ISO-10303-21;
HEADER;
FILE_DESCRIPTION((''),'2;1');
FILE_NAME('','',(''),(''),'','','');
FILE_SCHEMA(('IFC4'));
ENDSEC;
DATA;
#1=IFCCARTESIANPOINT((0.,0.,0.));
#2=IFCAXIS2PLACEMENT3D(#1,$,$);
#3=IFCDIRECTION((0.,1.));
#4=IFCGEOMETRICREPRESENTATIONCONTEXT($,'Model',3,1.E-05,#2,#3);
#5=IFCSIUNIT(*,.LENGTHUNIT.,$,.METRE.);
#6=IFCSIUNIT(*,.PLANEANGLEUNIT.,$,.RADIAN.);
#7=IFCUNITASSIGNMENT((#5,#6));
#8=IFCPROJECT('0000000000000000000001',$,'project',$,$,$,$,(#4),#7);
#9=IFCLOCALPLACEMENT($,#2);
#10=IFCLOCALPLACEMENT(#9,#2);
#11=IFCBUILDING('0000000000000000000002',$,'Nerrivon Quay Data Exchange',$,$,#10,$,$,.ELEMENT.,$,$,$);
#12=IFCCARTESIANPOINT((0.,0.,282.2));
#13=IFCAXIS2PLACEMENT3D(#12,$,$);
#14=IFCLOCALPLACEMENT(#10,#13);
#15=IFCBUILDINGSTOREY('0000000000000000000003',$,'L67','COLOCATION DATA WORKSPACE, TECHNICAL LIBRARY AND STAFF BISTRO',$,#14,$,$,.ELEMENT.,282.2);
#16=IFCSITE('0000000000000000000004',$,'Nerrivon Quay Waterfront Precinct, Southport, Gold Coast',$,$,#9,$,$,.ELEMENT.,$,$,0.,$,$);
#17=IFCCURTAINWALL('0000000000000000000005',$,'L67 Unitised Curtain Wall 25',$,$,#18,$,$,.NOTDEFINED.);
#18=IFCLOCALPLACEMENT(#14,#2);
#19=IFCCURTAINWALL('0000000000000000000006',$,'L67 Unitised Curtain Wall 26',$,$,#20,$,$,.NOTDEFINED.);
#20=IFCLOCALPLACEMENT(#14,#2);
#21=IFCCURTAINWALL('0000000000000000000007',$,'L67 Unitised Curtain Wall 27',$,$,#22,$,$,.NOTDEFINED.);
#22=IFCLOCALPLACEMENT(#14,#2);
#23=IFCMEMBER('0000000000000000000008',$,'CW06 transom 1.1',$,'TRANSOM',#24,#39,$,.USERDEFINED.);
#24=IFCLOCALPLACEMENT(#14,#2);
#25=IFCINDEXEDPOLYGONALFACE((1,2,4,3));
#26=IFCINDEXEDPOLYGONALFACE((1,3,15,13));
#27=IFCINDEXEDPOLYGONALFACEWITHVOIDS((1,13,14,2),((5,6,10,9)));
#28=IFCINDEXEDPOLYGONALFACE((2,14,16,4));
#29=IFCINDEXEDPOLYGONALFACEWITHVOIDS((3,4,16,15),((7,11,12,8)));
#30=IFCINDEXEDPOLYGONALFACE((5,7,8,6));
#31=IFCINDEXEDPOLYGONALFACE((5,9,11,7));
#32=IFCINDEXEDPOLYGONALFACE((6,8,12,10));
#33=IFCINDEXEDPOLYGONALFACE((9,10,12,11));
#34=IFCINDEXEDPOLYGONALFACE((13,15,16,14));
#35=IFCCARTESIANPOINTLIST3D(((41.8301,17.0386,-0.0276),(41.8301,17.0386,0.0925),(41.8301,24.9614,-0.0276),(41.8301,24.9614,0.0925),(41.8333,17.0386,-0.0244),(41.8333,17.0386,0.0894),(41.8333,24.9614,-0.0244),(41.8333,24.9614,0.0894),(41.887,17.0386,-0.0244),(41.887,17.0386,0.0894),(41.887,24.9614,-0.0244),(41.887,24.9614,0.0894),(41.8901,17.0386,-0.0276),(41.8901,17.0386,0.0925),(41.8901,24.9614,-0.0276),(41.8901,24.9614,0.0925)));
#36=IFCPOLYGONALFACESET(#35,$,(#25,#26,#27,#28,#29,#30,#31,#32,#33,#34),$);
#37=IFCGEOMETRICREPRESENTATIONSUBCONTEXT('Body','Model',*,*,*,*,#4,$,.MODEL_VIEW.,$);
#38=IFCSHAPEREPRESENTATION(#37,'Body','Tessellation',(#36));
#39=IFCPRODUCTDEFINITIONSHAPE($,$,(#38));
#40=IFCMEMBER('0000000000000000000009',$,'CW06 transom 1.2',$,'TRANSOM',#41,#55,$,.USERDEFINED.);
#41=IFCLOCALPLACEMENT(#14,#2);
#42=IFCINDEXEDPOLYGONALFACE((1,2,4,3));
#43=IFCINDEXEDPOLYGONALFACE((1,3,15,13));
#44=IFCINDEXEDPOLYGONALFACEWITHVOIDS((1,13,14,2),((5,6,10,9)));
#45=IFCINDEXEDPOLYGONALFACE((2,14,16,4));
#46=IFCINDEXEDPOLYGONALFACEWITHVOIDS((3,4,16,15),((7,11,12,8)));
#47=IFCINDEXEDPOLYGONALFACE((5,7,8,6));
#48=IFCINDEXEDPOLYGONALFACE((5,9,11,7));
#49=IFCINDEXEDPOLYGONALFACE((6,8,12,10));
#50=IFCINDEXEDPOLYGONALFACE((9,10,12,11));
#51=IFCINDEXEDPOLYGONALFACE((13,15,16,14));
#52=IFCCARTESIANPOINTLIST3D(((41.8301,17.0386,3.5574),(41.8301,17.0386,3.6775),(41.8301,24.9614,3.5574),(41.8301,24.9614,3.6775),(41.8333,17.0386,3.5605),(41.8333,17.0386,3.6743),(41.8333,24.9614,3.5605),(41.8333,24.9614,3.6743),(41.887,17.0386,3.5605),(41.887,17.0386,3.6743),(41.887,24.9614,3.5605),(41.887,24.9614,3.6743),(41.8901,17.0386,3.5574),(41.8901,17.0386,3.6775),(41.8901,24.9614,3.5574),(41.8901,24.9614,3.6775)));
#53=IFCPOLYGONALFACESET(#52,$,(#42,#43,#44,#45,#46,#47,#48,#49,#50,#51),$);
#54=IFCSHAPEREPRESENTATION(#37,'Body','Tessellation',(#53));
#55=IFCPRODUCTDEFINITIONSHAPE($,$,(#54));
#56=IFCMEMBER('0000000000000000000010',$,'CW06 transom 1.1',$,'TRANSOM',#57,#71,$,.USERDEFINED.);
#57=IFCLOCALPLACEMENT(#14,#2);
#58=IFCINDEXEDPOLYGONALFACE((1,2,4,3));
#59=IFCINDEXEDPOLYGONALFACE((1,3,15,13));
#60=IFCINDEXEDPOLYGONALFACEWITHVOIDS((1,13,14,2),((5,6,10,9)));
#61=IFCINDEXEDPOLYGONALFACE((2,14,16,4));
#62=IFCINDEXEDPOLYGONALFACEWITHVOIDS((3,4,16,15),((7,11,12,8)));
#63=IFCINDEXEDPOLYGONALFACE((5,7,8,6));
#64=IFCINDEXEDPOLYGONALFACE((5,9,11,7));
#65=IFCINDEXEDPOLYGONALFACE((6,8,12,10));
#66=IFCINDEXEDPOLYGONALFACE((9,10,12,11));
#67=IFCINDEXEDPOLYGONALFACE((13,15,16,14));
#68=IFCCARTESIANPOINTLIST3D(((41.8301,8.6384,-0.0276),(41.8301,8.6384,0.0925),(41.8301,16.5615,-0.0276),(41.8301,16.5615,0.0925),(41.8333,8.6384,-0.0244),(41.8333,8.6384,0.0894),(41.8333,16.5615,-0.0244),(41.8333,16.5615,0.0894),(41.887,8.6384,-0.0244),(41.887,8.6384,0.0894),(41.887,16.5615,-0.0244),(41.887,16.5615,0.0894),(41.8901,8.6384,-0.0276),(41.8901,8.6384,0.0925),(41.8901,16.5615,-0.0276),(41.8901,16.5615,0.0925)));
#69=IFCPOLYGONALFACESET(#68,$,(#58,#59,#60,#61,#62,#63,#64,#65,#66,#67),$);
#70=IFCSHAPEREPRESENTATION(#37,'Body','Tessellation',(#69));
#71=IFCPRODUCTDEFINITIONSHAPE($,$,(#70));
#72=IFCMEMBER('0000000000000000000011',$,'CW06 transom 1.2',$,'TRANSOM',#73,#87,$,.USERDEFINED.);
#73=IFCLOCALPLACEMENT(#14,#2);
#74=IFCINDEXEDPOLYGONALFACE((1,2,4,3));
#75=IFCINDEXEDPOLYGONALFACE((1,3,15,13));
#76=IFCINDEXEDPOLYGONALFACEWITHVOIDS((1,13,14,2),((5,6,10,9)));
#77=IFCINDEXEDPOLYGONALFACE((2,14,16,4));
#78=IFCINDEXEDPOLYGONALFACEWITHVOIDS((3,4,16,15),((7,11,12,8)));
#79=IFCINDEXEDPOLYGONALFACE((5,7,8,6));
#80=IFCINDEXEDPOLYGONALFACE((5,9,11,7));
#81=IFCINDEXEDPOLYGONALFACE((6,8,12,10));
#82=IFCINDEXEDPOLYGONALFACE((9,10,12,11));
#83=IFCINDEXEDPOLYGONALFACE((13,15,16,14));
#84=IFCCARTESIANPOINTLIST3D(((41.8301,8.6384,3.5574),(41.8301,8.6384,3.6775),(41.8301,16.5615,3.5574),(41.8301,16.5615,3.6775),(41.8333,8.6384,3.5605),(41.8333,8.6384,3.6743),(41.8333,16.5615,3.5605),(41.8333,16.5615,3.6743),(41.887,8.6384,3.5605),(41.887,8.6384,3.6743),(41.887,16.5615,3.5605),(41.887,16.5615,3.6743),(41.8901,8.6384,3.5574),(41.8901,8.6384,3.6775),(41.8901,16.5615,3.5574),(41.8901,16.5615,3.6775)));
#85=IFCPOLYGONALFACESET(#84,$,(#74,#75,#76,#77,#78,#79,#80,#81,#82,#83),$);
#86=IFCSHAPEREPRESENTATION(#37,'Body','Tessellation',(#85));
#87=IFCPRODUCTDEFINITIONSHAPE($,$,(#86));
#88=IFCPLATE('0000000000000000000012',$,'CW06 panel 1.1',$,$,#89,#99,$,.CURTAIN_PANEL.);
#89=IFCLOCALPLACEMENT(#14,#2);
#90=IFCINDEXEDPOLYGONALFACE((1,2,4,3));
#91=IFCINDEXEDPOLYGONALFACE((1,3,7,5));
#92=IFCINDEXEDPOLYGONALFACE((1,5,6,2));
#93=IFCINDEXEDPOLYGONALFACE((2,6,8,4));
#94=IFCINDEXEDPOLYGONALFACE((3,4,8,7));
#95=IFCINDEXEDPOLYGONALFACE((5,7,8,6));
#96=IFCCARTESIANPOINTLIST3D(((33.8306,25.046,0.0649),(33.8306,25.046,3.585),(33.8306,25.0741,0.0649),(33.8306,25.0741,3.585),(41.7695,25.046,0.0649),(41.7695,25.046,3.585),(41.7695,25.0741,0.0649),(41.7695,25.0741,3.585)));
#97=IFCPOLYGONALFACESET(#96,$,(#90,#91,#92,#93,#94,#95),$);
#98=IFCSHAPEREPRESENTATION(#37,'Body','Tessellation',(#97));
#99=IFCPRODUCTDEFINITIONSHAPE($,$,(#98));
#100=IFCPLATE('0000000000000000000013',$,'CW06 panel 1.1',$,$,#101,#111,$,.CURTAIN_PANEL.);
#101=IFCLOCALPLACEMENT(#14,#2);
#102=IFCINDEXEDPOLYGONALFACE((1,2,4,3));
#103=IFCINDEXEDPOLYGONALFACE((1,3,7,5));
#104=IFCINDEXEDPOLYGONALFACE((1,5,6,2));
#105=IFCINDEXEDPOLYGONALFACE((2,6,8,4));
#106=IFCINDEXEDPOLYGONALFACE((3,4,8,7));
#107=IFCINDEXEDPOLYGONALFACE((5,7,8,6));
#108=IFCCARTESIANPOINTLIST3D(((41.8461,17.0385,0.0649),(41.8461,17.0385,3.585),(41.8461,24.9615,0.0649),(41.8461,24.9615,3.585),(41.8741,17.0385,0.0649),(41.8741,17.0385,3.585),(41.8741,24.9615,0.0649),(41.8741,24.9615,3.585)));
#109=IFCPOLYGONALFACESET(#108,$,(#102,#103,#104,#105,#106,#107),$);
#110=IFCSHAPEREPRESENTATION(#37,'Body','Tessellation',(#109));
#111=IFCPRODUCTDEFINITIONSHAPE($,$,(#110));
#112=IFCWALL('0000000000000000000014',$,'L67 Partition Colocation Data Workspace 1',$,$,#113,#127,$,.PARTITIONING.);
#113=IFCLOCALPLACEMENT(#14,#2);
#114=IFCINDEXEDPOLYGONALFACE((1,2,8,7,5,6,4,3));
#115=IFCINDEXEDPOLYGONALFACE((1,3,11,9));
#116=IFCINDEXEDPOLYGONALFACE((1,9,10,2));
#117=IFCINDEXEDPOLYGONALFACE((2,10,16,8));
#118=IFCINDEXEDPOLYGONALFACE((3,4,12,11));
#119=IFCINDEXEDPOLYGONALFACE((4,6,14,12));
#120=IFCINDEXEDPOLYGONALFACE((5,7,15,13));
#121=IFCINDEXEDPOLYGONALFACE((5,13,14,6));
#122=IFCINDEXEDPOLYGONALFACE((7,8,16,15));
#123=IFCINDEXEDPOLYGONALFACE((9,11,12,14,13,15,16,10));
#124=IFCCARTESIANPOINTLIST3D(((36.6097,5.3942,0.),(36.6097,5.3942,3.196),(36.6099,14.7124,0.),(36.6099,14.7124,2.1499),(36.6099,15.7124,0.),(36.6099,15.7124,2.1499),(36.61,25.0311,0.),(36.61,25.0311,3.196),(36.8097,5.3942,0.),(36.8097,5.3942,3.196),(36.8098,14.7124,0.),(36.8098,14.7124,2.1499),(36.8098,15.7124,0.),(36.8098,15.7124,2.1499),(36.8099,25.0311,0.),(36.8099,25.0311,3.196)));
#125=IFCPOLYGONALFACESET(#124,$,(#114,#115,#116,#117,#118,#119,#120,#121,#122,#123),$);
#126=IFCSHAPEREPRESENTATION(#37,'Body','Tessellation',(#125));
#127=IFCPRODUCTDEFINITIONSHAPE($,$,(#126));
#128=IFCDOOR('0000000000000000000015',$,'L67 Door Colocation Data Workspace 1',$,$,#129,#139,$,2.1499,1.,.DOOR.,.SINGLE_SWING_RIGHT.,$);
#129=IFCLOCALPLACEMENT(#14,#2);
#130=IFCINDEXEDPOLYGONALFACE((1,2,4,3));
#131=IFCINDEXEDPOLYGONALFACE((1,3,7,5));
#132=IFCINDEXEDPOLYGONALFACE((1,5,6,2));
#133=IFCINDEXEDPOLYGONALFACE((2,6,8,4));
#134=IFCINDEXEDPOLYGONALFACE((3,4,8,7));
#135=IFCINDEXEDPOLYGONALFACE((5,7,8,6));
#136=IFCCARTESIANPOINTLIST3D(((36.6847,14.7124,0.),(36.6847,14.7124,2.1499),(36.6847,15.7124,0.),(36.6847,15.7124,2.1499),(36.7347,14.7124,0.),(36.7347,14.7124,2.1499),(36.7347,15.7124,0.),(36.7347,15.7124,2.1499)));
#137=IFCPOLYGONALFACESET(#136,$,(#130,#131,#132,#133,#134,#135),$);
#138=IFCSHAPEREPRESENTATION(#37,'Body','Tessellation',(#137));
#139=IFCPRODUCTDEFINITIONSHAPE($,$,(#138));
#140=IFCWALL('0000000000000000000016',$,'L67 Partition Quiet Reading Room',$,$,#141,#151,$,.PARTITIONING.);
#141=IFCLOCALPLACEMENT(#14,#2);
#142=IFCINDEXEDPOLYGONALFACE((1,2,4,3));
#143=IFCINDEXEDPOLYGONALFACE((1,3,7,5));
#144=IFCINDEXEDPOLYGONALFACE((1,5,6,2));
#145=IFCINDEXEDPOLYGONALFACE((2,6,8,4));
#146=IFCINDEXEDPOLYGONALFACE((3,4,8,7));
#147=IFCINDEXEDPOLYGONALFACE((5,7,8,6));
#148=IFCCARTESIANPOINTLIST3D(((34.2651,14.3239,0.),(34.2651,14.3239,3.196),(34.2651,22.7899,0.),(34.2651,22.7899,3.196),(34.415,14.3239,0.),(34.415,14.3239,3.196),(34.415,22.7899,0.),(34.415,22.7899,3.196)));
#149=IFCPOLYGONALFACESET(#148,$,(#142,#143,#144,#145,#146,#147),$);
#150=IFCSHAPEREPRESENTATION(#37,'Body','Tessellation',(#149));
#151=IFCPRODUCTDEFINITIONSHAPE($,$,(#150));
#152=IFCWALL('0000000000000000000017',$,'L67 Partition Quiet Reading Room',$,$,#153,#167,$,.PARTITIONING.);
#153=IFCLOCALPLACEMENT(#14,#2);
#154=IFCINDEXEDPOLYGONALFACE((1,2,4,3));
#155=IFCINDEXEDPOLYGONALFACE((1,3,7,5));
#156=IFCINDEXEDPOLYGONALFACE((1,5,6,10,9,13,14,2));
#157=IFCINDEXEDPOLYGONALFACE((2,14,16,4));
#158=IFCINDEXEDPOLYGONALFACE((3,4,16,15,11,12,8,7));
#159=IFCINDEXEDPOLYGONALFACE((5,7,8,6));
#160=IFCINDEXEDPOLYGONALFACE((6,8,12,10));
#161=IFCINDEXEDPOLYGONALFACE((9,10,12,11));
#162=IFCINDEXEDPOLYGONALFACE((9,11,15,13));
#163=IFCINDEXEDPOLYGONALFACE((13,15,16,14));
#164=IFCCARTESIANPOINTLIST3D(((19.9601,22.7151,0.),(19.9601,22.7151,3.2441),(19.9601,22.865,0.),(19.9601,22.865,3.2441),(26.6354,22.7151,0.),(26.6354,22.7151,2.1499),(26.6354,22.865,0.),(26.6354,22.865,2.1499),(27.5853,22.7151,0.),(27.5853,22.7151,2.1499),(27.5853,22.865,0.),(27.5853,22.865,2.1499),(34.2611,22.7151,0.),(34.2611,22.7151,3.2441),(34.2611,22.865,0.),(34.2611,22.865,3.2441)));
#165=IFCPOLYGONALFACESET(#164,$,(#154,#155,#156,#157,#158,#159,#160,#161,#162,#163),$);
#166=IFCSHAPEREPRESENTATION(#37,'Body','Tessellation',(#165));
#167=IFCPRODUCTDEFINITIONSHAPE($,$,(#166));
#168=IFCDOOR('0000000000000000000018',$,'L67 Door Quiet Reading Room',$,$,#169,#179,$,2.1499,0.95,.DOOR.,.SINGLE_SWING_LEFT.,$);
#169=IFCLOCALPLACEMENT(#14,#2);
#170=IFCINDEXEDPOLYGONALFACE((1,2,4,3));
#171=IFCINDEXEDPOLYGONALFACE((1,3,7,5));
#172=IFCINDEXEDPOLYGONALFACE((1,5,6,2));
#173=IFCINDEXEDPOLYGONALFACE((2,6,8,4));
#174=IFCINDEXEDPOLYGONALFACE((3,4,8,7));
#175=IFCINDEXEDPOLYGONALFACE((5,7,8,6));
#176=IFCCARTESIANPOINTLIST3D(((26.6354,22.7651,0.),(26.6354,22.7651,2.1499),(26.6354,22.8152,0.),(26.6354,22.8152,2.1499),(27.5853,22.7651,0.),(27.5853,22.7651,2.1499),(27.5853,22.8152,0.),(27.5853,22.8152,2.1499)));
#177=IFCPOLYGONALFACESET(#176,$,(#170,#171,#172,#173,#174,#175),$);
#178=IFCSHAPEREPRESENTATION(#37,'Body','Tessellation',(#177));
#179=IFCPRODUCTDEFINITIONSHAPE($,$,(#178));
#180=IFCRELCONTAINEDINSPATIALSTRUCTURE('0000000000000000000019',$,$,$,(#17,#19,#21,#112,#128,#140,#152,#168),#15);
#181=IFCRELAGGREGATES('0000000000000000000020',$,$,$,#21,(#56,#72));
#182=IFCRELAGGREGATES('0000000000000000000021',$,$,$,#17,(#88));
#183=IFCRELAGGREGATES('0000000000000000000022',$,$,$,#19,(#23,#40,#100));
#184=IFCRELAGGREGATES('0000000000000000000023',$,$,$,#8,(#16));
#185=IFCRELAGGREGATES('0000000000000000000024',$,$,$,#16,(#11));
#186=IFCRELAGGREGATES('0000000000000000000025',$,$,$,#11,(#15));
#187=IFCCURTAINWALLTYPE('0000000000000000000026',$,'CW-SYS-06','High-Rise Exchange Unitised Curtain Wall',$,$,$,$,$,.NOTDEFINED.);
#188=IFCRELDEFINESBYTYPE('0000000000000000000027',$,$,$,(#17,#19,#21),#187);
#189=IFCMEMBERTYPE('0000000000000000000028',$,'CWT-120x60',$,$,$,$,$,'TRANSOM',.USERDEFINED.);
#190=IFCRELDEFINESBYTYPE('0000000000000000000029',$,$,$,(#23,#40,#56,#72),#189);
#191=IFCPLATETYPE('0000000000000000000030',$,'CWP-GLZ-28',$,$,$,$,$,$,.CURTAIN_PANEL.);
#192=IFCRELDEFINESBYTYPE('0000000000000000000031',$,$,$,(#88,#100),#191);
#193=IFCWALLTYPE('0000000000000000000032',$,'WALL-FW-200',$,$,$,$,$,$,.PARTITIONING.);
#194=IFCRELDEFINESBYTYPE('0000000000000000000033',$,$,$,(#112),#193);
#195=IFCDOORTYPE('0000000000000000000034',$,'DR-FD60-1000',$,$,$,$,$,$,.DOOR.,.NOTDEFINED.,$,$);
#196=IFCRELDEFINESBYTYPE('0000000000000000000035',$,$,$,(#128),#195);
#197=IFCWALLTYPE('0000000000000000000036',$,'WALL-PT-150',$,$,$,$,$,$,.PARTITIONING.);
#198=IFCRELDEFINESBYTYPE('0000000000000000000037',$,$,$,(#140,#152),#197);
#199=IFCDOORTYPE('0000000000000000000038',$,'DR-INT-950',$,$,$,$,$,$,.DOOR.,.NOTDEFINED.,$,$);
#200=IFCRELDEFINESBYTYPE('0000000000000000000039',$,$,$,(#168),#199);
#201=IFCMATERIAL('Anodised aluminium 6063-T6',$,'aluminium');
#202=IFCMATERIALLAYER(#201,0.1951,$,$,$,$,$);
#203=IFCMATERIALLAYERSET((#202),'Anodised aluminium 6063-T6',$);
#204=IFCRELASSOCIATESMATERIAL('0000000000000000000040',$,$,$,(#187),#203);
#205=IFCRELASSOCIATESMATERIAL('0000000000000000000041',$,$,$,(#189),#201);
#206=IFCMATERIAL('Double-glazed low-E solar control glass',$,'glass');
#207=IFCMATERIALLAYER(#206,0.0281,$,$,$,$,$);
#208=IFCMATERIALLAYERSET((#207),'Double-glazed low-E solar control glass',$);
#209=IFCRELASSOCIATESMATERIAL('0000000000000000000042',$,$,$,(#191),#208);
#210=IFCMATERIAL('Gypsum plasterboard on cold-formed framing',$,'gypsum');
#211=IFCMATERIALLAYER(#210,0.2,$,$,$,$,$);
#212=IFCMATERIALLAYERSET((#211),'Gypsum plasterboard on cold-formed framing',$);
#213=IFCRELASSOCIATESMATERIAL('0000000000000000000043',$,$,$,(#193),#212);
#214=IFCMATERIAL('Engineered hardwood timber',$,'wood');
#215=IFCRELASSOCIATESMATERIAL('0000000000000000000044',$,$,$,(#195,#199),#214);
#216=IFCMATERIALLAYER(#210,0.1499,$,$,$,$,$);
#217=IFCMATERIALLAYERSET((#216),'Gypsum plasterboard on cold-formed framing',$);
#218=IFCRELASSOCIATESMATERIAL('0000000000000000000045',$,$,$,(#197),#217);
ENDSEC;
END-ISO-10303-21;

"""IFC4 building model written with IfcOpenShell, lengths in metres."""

from ifc_helpers import new_model, si_unit, direction, frame, frame_2d, origin, origin_2d, place, context, subcontext, project, spatial, rectangle, hollow_rectangle, extrude, material, layer, layer_set, material_profile, profile_set, type_object, element, fill, aggregate, save


model = new_model("IFC4")

# Units and contexts
model_context = context("Model", 3, precision=1e-05, world=origin(), true_north=direction((0.0, 1.0)))
body_context = subcontext(model_context, "Body", "Model", "MODEL_VIEW")
ifc_project = project(units=[si_unit("LENGTHUNIT", "METRE"), si_unit("PLANEANGLEUNIT", "RADIAN")], contexts=[model_context])

# Site, building, storey
site_placement = place(None, origin())
site = spatial("IfcSite", under=ifc_project, at=site_placement, Name="Nerrivon Quay Waterfront Precinct, Southport, Gold Coast", CompositionType="ELEMENT", RefElevation=0.0)
building_placement = place(site_placement, origin())
building = spatial("IfcBuilding", under=site, at=building_placement, Name="Nerrivon Quay Data Exchange", CompositionType="ELEMENT")
storey_placement = place(building_placement, frame((0.0, 0.0, 282.2)))
storey = spatial("IfcBuildingStorey", under=building, at=storey_placement, Name="L67", Description="COLOCATION DATA WORKSPACE, TECHNICAL LIBRARY AND STAFF BISTRO", CompositionType="ELEMENT", Elevation=282.2)

# Curtain walls
ifc_material_1 = material(Name="Anodised aluminium 6063-T6", Category="aluminium")
ifc_layer_1 = layer(ifc_material_1, 0.1951)
ifc_layer_set_1 = layer_set([ifc_layer_1], Name="Anodised aluminium 6063-T6")
curtain_wall_type = type_object("IfcCurtainWallType", Name="CW-SYS-06", Description="High-Rise Exchange Unitised Curtain Wall", PredefinedType="NOTDEFINED", material=ifc_layer_set_1)
curtain_wall_1_placement = place(storey_placement, origin())
curtain_wall_1 = element("IfcCurtainWall", 1, at=curtain_wall_1_placement, inside=storey, type_object=curtain_wall_type, Name="L67 Unitised Curtain Wall 25", PredefinedType="NOTDEFINED")
curtain_wall_2_placement = place(storey_placement, origin())
curtain_wall_2 = element("IfcCurtainWall", 2, at=curtain_wall_2_placement, inside=storey, type_object=curtain_wall_type, Name="L67 Unitised Curtain Wall 26", PredefinedType="NOTDEFINED")

# Curtain wall
curtain_wall_3_placement = place(storey_placement, origin())
curtain_wall_3 = element("IfcCurtainWall", 3, at=curtain_wall_3_placement, inside=storey, type_object=curtain_wall_type, Name="L67 Unitised Curtain Wall 27", PredefinedType="NOTDEFINED")

# Members
ifc_material_profile_1 = material_profile(ifc_material_1, hollow_rectangle(XDim=0.0601, YDim=0.1201, WallThickness=0.0032, at=origin_2d()), Name="ALU-TRAN-120x60")
ifc_profile_set_1 = profile_set([ifc_material_profile_1], Name="Anodised aluminium 6063-T6")
member_type_1 = type_object("IfcMemberType", Name="CWT-120x60", ElementType="TRANSOM", PredefinedType="USERDEFINED", material=ifc_profile_set_1)
member_1_placement = place(storey_placement, frame((41.8601, 24.9614, 0.0325), z_axis=(0.0, -1.0, 0.0), x_axis=(1.0, 0.0, 0.0)))
member_1 = element("IfcMember", 4, at=member_1_placement, type_object=member_type_1, Name="CW06 transom 1.1", ObjectType="TRANSOM", PredefinedType="USERDEFINED", context=body_context, shape_type="SweptSolid", body=[
    extrude(hollow_rectangle(XDim=0.0601, YDim=0.1201, WallThickness=0.0032, at=origin_2d()), origin(), (0.0, 0.0, 1.0), 7.9229),
])
member_2_placement = place(storey_placement, frame((41.8601, 24.9614, 3.6174), z_axis=(0.0, -1.0, 0.0), x_axis=(1.0, 0.0, 0.0)))
member_2 = element("IfcMember", 5, at=member_2_placement, type_object=member_type_1, Name="CW06 transom 1.2", ObjectType="TRANSOM", PredefinedType="USERDEFINED", context=body_context, shape_type="SweptSolid", body=[
    extrude(hollow_rectangle(XDim=0.0601, YDim=0.1201, WallThickness=0.0032, at=origin_2d()), origin(), (0.0, 0.0, 1.0), 7.9229),
])
member_3_placement = place(storey_placement, frame((41.8601, 16.5615, 0.0325), z_axis=(0.0, -1.0, 0.0), x_axis=(1.0, 0.0, 0.0)))
member_3 = element("IfcMember", 6, at=member_3_placement, type_object=member_type_1, Name="CW06 transom 1.1", ObjectType="TRANSOM", PredefinedType="USERDEFINED", context=body_context, shape_type="SweptSolid", body=[
    extrude(hollow_rectangle(XDim=0.0601, YDim=0.1201, WallThickness=0.0032, at=origin_2d()), origin(), (0.0, 0.0, 1.0), 7.9231),
])
member_4_placement = place(storey_placement, frame((41.8601, 16.5615, 3.6174), z_axis=(0.0, -1.0, 0.0), x_axis=(1.0, 0.0, 0.0)))
member_4 = element("IfcMember", 7, at=member_4_placement, type_object=member_type_1, Name="CW06 transom 1.2", ObjectType="TRANSOM", PredefinedType="USERDEFINED", context=body_context, shape_type="SweptSolid", body=[
    extrude(hollow_rectangle(XDim=0.0601, YDim=0.1201, WallThickness=0.0032, at=origin_2d()), origin(), (0.0, 0.0, 1.0), 7.9231),
])
aggregate(curtain_wall_3, [member_3, member_4])

# Plates
ifc_material_2 = material(Name="Double-glazed low-E solar control glass", Category="glass")
ifc_layer_2 = layer(ifc_material_2, 0.0281)
ifc_layer_set_2 = layer_set([ifc_layer_2], Name="Double-glazed low-E solar control glass")
plate_type = type_object("IfcPlateType", Name="CWP-GLZ-28", PredefinedType="CURTAIN_PANEL", material=ifc_layer_set_2)
plate_1_placement = place(storey_placement, frame((37.8, 25.0601, 0.0649), z_axis=(0.0, 0.0, 1.0), x_axis=(1.0, 0.0, 0.0)))
plate_1 = element("IfcPlate", 8, at=plate_1_placement, type_object=plate_type, Name="CW06 panel 1.1", PredefinedType="CURTAIN_PANEL", context=body_context, shape_type="SweptSolid", body=[
    extrude(rectangle(XDim=7.939, YDim=0.0281, at=origin_2d()), origin(), (0.0, 0.0, 1.0), 3.52),
])
aggregate(curtain_wall_1, [plate_1])
plate_2_placement = place(storey_placement, frame((41.8601, 21.0, 0.0649), z_axis=(0.0, 0.0, 1.0), x_axis=(0.0, -1.0, 0.0)))
plate_2 = element("IfcPlate", 9, at=plate_2_placement, type_object=plate_type, Name="CW06 panel 1.1", PredefinedType="CURTAIN_PANEL", context=body_context, shape_type="SweptSolid", body=[
    extrude(rectangle(XDim=7.9231, YDim=0.0281, at=origin_2d()), origin(), (0.0, 0.0, 1.0), 3.52),
])
aggregate(curtain_wall_2, [member_1, member_2, plate_2])

# Wall, opening, door
ifc_material_3 = material(Name="Gypsum plasterboard on cold-formed framing", Category="gypsum")
ifc_layer_3 = layer(ifc_material_3, 0.2)
ifc_layer_set_3 = layer_set([ifc_layer_3], Name="Gypsum plasterboard on cold-formed framing")
wall_type_1 = type_object("IfcWallType", Name="WALL-FW-200", PredefinedType="PARTITIONING", material=ifc_layer_set_3)
wall_1_placement = place(storey_placement, frame((36.71, 25.031, 0.0), z_axis=(0.0, 0.0, 1.0), x_axis=(-0.000012, -1.0, 0.0)))
wall_1 = element("IfcWall", 10, at=wall_1_placement, inside=storey, type_object=wall_type_1, Name="L67 Partition Colocation Data Workspace 1", PredefinedType="PARTITIONING", context=body_context, shape_type="SweptSolid", body=[
    extrude(rectangle(XDim=19.637, YDim=0.2, at=frame_2d((9.8184, 0.0))), origin(), (0.0, 0.0, 1.0), 3.196),
])
opening_1_placement = place(wall_1_placement, frame((9.3186, 0.0, 0.0)))
opening_1 = element("IfcOpeningElement", 11, at=opening_1_placement, cuts=wall_1, PredefinedType="OPENING", context=body_context, shape_type="SweptSolid", body=[
    extrude(rectangle(XDim=1.0, YDim=2.1499, at=frame_2d((0.5, 1.075))), frame((0.0, 0.1099, 0.0), z_axis=(0.0, -1.0, 0.0), x_axis=(1.0, 0.0, 0.0)), (0.0, 0.0, 1.0), 0.22),
])
ifc_material_4 = material(Name="Engineered hardwood timber", Category="wood")
door_type_1 = type_object("IfcDoorType", Name="DR-FD60-1000", OperationType="NOTDEFINED", PredefinedType="DOOR", material=ifc_material_4)
door_1_placement = place(opening_1_placement, origin())
door_1 = element("IfcDoor", 12, at=door_1_placement, inside=storey, type_object=door_type_1, Name="L67 Door Colocation Data Workspace 1", OperationType="SINGLE_SWING_RIGHT", OverallHeight=2.1499, OverallWidth=1.0, PredefinedType="DOOR", context=body_context, shape_type="SweptSolid", body=[
    extrude(rectangle(XDim=1.0, YDim=2.1499, at=frame_2d((0.5, 1.075))), frame((0.0, 0.0249, 0.0), z_axis=(0.0, -1.0, 0.0), x_axis=(1.0, 0.0, 0.0)), (0.0, 0.0, 1.0), 0.05),
])
fill(opening_1, door_1)

# Wall
ifc_layer_4 = layer(ifc_material_3, 0.1499)
ifc_layer_set_4 = layer_set([ifc_layer_4], Name="Gypsum plasterboard on cold-formed framing")
wall_type_2 = type_object("IfcWallType", Name="WALL-PT-150", PredefinedType="PARTITIONING", material=ifc_layer_set_4)
wall_2_placement = place(storey_placement, frame((34.3401, 14.324, 0.0), z_axis=(0.0, 0.0, 1.0), x_axis=(0.0, 1.0, 0.0)))
element("IfcWall", 13, at=wall_2_placement, inside=storey, type_object=wall_type_2, Name="L67 Partition Quiet Reading Room", PredefinedType="PARTITIONING", context=body_context, shape_type="SweptSolid", body=[
    extrude(rectangle(XDim=8.4661, YDim=0.1499, at=frame_2d((4.2329, 0.0))), origin(), (0.0, 0.0, 1.0), 3.196),
])

# Wall, opening, door
wall_3_placement = place(storey_placement, frame((34.261, 22.79, 0.0), z_axis=(0.0, 0.0, 1.0), x_axis=(-1.0, 0.0, 0.0)))
wall_3 = element("IfcWall", 14, at=wall_3_placement, inside=storey, type_object=wall_type_2, Name="L67 Partition Quiet Reading Room", PredefinedType="PARTITIONING", context=body_context, shape_type="SweptSolid", body=[
    extrude(rectangle(XDim=14.301, YDim=0.1499, at=frame_2d((7.1504, 0.0))), origin(), (0.0, 0.0, 1.0), 3.2441),
])
opening_2_placement = place(wall_3_placement, frame((6.6755, 0.0, 0.0)))
opening_2 = element("IfcOpeningElement", 15, at=opening_2_placement, cuts=wall_3, PredefinedType="OPENING", context=body_context, shape_type="SweptSolid", body=[
    extrude(rectangle(XDim=0.95, YDim=2.1499, at=frame_2d((0.4751, 1.075))), frame((0.0, 0.085, 0.0), z_axis=(0.0, -1.0, 0.0), x_axis=(1.0, 0.0, 0.0)), (0.0, 0.0, 1.0), 0.1699),
])
door_type_2 = type_object("IfcDoorType", Name="DR-INT-950", OperationType="NOTDEFINED", PredefinedType="DOOR", material=ifc_material_4)
door_2_placement = place(opening_2_placement, origin())
door_2 = element("IfcDoor", 16, at=door_2_placement, inside=storey, type_object=door_type_2, Name="L67 Door Quiet Reading Room", OperationType="SINGLE_SWING_LEFT", OverallHeight=2.1499, OverallWidth=0.95, PredefinedType="DOOR", context=body_context, shape_type="SweptSolid", body=[
    extrude(rectangle(XDim=0.95, YDim=2.1499, at=frame_2d((0.4751, 1.075))), frame((0.0, 0.0249, 0.0), z_axis=(0.0, -1.0, 0.0), x_axis=(1.0, 0.0, 0.0)), (0.0, 0.0, 1.0), 0.05),
])
fill(opening_2, door_2)

save(model, "model.ifc")
